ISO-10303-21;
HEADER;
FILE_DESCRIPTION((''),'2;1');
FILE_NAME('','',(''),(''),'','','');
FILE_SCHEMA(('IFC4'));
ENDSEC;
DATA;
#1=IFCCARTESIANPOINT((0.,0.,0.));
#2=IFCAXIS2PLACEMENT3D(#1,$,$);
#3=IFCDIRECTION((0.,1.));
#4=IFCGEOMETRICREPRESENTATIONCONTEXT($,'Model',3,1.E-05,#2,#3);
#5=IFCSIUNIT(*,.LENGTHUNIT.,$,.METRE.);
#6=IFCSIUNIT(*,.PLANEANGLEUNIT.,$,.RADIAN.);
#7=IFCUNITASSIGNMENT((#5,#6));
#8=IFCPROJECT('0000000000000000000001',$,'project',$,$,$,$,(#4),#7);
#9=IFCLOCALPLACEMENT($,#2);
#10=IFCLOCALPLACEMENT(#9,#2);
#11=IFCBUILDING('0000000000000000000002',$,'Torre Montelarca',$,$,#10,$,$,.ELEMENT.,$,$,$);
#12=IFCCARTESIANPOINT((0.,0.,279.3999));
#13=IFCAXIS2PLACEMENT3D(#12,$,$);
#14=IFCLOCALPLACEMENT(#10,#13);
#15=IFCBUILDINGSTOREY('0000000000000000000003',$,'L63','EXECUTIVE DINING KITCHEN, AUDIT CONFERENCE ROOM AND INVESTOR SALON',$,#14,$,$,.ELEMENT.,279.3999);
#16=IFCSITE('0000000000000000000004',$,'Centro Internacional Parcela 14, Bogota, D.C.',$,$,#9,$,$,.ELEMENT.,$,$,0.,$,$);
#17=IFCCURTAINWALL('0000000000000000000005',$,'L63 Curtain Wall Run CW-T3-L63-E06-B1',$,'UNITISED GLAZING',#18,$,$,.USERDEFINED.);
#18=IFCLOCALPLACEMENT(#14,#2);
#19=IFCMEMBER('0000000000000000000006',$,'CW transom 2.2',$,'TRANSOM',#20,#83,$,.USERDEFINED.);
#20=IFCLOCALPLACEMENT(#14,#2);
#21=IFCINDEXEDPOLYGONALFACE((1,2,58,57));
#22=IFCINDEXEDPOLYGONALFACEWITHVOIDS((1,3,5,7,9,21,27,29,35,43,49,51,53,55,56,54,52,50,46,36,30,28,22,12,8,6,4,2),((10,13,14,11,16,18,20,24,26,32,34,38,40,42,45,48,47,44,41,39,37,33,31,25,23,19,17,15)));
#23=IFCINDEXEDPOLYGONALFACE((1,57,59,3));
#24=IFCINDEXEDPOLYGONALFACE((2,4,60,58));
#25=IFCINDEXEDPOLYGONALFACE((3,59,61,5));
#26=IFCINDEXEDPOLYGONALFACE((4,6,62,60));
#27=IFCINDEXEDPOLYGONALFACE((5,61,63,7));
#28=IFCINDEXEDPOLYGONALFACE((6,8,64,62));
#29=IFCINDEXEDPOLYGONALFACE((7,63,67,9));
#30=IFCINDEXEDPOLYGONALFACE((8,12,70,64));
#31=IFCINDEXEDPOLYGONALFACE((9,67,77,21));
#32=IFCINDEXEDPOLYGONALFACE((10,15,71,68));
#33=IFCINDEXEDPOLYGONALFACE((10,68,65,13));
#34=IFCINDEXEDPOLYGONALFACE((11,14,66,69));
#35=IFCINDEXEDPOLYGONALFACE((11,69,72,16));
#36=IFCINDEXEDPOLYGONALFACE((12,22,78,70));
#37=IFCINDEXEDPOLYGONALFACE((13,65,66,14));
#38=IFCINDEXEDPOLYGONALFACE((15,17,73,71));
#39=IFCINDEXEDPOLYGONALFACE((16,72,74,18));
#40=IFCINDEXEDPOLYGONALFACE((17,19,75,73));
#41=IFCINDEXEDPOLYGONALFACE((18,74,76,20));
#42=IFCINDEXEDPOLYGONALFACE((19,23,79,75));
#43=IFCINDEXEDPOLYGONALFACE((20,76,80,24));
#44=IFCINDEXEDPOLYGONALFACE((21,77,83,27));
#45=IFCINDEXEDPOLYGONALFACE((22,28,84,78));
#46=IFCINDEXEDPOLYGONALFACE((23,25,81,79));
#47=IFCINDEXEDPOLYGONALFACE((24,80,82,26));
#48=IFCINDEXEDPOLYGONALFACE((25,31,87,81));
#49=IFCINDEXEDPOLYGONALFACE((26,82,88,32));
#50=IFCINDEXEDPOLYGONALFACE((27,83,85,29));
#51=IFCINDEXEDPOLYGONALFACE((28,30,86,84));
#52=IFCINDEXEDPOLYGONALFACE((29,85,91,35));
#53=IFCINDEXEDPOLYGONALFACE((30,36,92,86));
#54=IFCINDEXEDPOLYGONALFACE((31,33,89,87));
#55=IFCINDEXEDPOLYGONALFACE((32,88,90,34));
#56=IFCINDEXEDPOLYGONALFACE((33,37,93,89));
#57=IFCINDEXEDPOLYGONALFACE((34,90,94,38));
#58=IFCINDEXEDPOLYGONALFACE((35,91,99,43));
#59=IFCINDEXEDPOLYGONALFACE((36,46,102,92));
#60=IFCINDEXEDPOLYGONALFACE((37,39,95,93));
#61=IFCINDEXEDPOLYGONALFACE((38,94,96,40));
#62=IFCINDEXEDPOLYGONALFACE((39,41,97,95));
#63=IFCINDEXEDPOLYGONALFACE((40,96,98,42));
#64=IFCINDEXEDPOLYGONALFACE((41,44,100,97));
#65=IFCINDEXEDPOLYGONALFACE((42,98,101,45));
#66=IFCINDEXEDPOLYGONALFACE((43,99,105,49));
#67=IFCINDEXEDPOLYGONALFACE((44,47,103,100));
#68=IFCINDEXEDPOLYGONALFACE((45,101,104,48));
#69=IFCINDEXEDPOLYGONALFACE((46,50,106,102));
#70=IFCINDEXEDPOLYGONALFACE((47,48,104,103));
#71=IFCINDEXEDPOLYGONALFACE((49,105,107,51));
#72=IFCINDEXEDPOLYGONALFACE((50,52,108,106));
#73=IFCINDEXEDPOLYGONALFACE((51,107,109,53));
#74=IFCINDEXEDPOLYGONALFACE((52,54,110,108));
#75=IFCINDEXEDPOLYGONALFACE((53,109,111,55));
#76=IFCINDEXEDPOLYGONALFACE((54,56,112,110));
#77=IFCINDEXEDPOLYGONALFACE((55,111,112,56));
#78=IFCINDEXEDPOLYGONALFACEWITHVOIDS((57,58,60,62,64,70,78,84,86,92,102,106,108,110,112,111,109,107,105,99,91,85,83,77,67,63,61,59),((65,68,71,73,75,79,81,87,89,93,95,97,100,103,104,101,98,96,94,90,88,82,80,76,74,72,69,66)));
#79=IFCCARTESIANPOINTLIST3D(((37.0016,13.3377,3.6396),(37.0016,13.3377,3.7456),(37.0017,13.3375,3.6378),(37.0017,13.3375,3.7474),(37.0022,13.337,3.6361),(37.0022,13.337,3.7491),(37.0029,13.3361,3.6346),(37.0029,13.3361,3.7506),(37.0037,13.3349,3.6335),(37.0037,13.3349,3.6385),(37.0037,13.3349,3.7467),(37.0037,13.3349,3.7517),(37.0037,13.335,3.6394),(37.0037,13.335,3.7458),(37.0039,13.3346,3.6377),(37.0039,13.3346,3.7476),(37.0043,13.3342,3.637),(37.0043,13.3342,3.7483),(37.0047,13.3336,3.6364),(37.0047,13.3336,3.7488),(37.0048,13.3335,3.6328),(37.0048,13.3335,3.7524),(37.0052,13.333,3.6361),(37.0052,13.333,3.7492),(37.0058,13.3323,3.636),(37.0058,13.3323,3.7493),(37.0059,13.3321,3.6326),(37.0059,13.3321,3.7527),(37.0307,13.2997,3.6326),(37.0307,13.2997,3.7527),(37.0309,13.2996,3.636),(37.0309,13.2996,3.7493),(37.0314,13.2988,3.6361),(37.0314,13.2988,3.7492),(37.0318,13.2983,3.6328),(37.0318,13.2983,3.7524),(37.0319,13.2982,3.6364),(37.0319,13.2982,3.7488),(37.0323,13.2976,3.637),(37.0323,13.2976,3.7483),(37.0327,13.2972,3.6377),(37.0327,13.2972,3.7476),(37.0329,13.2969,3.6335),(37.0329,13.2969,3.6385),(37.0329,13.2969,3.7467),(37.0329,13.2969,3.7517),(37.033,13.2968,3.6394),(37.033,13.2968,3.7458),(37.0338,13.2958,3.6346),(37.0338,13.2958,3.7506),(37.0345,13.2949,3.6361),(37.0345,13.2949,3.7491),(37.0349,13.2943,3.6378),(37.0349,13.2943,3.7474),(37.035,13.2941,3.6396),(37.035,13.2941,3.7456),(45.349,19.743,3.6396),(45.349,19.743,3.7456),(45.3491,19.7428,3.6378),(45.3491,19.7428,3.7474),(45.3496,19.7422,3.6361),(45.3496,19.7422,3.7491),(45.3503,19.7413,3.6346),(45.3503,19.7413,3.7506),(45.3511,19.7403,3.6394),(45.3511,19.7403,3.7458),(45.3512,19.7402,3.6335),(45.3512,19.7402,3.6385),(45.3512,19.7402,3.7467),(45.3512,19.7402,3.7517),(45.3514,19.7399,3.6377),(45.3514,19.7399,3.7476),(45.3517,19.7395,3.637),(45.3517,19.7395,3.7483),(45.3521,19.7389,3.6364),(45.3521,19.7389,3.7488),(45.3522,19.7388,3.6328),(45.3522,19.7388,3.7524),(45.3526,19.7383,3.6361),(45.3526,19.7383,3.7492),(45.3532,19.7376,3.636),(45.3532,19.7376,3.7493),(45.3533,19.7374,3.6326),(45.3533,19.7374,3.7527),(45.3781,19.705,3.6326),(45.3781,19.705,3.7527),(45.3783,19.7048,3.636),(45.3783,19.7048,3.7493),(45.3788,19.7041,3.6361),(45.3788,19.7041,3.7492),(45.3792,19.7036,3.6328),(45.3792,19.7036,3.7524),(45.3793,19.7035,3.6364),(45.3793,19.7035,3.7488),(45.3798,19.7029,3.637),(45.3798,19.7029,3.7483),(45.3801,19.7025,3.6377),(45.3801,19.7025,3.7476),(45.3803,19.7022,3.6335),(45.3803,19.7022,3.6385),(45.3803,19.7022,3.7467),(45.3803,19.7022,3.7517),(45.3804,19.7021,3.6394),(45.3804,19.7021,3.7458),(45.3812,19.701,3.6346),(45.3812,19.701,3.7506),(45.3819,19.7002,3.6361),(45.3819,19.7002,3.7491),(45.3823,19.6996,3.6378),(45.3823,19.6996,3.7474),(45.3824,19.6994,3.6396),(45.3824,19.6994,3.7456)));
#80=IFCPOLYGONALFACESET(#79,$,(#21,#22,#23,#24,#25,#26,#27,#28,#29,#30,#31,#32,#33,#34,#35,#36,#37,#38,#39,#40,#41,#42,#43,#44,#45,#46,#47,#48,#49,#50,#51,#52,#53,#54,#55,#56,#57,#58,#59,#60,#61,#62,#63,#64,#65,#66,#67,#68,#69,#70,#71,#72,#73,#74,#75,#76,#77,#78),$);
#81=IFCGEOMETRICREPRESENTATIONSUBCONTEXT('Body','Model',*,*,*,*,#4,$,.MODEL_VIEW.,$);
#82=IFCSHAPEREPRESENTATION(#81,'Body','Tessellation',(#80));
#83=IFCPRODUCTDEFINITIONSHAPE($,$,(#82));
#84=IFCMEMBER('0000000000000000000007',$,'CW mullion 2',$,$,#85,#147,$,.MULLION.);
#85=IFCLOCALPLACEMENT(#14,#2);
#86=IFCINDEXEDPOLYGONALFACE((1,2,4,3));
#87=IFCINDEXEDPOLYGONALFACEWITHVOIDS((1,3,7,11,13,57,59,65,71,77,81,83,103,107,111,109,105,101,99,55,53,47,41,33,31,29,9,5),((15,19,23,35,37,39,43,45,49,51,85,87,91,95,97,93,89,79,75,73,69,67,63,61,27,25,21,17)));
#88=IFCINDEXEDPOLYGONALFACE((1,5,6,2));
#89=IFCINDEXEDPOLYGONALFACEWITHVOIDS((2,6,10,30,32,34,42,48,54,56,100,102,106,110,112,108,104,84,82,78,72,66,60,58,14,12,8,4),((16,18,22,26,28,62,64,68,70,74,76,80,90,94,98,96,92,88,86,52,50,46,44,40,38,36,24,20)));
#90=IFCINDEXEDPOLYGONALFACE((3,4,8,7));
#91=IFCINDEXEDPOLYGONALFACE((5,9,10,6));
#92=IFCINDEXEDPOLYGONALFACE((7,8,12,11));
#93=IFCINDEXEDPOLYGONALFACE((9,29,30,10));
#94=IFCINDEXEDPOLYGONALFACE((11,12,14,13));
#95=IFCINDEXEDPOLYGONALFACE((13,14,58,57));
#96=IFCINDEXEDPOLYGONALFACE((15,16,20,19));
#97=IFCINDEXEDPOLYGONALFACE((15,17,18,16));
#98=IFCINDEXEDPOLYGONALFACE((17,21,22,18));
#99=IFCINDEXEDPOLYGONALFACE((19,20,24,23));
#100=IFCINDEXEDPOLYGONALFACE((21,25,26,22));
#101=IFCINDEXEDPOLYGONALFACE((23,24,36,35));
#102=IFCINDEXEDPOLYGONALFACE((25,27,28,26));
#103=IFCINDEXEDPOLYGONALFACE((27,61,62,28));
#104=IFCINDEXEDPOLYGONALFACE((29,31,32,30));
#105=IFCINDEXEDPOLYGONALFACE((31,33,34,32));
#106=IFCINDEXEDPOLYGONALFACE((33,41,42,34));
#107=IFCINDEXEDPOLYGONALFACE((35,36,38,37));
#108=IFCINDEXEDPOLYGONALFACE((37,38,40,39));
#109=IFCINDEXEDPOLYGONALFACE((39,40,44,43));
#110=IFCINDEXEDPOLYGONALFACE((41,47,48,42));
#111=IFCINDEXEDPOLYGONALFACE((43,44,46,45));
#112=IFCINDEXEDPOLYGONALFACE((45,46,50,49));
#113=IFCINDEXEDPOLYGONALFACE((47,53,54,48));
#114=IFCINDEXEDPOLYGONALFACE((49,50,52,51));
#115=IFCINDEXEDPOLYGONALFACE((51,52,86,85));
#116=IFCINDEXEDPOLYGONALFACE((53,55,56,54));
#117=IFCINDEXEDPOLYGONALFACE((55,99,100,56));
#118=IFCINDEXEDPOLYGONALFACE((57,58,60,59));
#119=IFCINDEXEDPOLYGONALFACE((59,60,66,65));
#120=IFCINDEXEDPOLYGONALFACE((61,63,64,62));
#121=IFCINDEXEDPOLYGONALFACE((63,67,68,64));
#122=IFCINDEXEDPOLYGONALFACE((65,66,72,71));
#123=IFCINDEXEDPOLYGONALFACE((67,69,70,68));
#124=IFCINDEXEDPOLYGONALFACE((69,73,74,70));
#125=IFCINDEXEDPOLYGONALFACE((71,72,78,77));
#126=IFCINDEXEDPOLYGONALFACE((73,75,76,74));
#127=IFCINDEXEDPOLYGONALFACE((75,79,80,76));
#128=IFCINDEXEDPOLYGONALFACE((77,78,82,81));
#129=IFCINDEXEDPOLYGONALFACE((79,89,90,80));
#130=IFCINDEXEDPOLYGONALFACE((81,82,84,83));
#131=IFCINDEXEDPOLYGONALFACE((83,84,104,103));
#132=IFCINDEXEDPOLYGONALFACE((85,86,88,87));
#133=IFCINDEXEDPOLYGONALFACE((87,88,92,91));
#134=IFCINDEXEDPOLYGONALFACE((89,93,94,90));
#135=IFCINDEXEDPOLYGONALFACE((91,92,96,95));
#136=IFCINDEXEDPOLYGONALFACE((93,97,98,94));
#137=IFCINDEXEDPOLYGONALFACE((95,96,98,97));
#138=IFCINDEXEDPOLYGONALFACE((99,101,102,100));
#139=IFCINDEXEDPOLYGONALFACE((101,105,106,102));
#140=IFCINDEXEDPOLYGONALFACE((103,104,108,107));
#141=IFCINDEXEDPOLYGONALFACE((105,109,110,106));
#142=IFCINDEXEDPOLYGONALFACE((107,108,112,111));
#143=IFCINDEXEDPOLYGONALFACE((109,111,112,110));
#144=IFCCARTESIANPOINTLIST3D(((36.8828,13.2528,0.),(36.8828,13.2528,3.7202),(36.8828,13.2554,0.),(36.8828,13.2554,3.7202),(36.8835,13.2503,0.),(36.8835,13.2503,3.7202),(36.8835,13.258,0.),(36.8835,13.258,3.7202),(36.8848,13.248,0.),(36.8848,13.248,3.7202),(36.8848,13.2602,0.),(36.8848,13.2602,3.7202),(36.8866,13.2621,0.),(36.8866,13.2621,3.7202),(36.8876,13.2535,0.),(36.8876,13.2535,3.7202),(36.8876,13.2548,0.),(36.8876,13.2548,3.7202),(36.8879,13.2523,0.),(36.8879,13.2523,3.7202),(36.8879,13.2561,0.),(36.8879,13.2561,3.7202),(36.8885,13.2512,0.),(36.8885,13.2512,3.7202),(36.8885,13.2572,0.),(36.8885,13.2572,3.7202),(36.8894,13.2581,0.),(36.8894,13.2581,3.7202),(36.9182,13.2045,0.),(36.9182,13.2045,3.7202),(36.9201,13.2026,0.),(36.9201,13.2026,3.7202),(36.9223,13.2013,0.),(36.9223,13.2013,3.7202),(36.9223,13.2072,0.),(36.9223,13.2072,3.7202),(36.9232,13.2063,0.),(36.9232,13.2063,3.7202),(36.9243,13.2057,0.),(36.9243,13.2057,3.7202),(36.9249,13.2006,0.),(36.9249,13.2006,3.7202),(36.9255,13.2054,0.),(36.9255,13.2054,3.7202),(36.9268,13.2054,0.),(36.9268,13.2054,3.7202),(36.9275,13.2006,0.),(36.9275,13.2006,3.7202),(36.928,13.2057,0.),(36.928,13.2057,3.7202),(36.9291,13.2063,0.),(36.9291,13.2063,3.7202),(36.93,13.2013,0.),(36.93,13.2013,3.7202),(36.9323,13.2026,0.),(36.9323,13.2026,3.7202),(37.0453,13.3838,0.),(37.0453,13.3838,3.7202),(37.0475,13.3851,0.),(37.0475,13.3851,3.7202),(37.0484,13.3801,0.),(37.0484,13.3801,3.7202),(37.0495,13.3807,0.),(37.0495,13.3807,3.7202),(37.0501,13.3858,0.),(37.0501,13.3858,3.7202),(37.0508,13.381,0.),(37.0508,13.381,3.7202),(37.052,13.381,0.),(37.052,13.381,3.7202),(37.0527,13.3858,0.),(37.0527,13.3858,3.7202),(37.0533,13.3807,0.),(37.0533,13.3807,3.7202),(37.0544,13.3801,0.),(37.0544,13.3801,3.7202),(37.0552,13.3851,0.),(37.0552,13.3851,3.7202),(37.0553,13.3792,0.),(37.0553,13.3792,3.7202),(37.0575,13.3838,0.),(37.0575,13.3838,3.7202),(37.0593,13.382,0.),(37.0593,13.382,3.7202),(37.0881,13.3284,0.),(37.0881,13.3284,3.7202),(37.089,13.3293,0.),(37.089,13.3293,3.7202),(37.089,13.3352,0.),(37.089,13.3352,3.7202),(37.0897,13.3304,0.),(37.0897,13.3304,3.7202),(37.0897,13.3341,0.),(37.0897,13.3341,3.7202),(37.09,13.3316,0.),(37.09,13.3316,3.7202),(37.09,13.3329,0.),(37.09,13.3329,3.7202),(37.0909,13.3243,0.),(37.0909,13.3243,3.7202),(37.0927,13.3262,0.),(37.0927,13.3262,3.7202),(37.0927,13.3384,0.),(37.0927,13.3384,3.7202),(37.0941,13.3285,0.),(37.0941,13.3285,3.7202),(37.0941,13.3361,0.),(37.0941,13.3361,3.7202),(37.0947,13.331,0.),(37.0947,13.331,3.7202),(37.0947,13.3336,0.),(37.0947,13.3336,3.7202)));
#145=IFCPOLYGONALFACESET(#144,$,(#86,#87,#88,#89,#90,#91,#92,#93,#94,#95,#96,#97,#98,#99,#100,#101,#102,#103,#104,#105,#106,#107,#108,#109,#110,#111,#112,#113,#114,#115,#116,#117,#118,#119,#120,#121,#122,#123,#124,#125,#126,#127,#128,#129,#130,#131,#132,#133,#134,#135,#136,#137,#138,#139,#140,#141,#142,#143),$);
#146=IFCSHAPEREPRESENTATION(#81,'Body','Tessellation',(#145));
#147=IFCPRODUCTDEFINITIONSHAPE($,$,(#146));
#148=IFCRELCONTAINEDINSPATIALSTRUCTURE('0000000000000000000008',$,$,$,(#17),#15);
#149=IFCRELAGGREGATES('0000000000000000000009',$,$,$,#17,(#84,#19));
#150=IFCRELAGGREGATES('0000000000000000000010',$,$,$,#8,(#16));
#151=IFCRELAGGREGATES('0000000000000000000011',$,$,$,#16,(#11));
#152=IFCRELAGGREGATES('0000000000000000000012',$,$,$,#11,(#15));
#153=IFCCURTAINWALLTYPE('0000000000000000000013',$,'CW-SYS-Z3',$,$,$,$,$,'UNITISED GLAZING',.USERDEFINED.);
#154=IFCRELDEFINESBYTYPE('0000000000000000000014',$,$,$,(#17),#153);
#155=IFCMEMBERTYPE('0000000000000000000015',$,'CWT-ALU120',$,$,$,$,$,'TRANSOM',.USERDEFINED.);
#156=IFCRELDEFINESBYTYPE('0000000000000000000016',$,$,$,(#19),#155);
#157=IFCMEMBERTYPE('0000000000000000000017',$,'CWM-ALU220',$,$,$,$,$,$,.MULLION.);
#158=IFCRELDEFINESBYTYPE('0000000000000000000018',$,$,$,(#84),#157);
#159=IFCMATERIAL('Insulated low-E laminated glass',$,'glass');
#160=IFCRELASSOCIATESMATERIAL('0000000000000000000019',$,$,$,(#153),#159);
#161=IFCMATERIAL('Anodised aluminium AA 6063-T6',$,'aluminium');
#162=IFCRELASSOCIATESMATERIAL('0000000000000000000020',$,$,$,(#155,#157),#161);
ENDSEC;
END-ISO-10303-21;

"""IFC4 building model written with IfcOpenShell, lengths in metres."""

from ifc_helpers import new_model, si_unit, direction, frame, origin, origin_2d, place, context, subcontext, project, spatial, hollow_rectangle, extrude, source, transform, mapped, material, material_profile, profile_set, type_object, element, aggregate, save


model = new_model("IFC4")

# Units and contexts
model_context = context("Model", 3, precision=1e-05, world=origin(), true_north=direction((0.0, 1.0)))
body_context = subcontext(model_context, "Body", "Model", "MODEL_VIEW")
ifc_project = project(units=[si_unit("LENGTHUNIT", "METRE"), si_unit("PLANEANGLEUNIT", "RADIAN")], contexts=[model_context])

# Site, building, storey
site_placement = place(None, origin())
site = spatial("IfcSite", under=ifc_project, at=site_placement, Name="Centro Internacional Parcela 14, Bogota, D.C.", CompositionType="ELEMENT", RefElevation=0.0)
building_placement = place(site_placement, origin())
building = spatial("IfcBuilding", under=site, at=building_placement, Name="Torre Montelarca", CompositionType="ELEMENT")
storey_placement = place(building_placement, frame((0.0, 0.0, 279.3999)))
storey = spatial("IfcBuildingStorey", under=building, at=storey_placement, Name="L63", Description="EXECUTIVE DINING KITCHEN, AUDIT CONFERENCE ROOM AND INVESTOR SALON", CompositionType="ELEMENT", Elevation=279.3999)

# Curtain wall, members
ifc_material_1 = material(Name="Insulated low-E laminated glass", Category="glass")
curtain_wall_type = type_object("IfcCurtainWallType", Name="CW-SYS-Z3", ElementType="UNITISED GLAZING", PredefinedType="USERDEFINED", material=ifc_material_1)
ifc_material_2 = material(Name="Anodised aluminium AA 6063-T6", Category="aluminium")
ifc_material_profile_1 = material_profile(ifc_material_2, hollow_rectangle(XDim=0.0549, YDim=0.1201, WallThickness=0.0034, InnerFilletRadius=0.0034, OuterFilletRadius=0.0071, at=origin_2d()), Name="ALU55X120X3.5", Category="aluminium")
ifc_profile_set_1 = profile_set([ifc_material_profile_1], Name="Anodised aluminium AA 6063-T6")
member_type_1 = type_object("IfcMemberType", Name="CWT-ALU120", ElementType="TRANSOM", PredefinedType="USERDEFINED", material=ifc_profile_set_1)
curtain_wall_1_placement = place(storey_placement, origin())
curtain_wall_1 = element("IfcCurtainWall", 1, at=curtain_wall_1_placement, inside=storey, type_object=curtain_wall_type, Name="L63 Curtain Wall Run CW-T3-L63-E06-B1", ObjectType="UNITISED GLAZING", PredefinedType="USERDEFINED")
shared_shape_1 = source(origin(), body_context, "Body", "SweptSolid", [
    extrude(hollow_rectangle(XDim=0.0549, YDim=0.1201, WallThickness=0.0034, InnerFilletRadius=0.0034, OuterFilletRadius=0.0071, at=origin_2d()), origin(), (0.0, 0.0, 1.0), 10.5217),
])
member_1_placement = place(storey_placement, frame((37.0183, 13.3159, 3.6926), z_axis=(0.79335, 0.608766, 0.0), x_axis=(-0.608766, 0.79335, 0.0)))
member_1 = element("IfcMember", 2, at=member_1_placement, type_object=member_type_1, Name="CW transom 2.2", ObjectType="TRANSOM", PredefinedType="USERDEFINED", context=body_context, shape_type="MappedRepresentation", body=[
    mapped(shared_shape_1, transform((0.0, 0.0, 0.0), scale=1.0)),
])
ifc_material_profile_2 = material_profile(ifc_material_2, hollow_rectangle(XDim=0.075, YDim=0.22, WallThickness=0.0049, InnerFilletRadius=0.0049, OuterFilletRadius=0.01, at=origin_2d()), Name="ALU75X220X5", Category="aluminium")
ifc_profile_set_2 = profile_set([ifc_material_profile_2], Name="Anodised aluminium AA 6063-T6")
member_type_2 = type_object("IfcMemberType", Name="CWM-ALU220", PredefinedType="MULLION", material=ifc_profile_set_2)
shared_shape_2 = source(origin(), body_context, "Body", "SweptSolid", [
    extrude(hollow_rectangle(XDim=0.075, YDim=0.22, WallThickness=0.0049, InnerFilletRadius=0.0049, OuterFilletRadius=0.01, at=origin_2d()), origin(), (0.0, 0.0, 1.0), 3.7202),
])
member_2_placement = place(storey_placement, frame((36.9888, 13.2932, 0.0), z_axis=(0.0, 0.0, 1.0), x_axis=(-0.608763, 0.793352, 0.0)))
member_2 = element("IfcMember", 3, at=member_2_placement, type_object=member_type_2, Name="CW mullion 2", PredefinedType="MULLION", context=body_context, shape_type="MappedRepresentation", body=[
    mapped(shared_shape_2, transform((0.0, 0.0, 0.0), scale=1.0)),
])

aggregate(curtain_wall_1, [member_2, member_1])

save(model, "model.ifc")
